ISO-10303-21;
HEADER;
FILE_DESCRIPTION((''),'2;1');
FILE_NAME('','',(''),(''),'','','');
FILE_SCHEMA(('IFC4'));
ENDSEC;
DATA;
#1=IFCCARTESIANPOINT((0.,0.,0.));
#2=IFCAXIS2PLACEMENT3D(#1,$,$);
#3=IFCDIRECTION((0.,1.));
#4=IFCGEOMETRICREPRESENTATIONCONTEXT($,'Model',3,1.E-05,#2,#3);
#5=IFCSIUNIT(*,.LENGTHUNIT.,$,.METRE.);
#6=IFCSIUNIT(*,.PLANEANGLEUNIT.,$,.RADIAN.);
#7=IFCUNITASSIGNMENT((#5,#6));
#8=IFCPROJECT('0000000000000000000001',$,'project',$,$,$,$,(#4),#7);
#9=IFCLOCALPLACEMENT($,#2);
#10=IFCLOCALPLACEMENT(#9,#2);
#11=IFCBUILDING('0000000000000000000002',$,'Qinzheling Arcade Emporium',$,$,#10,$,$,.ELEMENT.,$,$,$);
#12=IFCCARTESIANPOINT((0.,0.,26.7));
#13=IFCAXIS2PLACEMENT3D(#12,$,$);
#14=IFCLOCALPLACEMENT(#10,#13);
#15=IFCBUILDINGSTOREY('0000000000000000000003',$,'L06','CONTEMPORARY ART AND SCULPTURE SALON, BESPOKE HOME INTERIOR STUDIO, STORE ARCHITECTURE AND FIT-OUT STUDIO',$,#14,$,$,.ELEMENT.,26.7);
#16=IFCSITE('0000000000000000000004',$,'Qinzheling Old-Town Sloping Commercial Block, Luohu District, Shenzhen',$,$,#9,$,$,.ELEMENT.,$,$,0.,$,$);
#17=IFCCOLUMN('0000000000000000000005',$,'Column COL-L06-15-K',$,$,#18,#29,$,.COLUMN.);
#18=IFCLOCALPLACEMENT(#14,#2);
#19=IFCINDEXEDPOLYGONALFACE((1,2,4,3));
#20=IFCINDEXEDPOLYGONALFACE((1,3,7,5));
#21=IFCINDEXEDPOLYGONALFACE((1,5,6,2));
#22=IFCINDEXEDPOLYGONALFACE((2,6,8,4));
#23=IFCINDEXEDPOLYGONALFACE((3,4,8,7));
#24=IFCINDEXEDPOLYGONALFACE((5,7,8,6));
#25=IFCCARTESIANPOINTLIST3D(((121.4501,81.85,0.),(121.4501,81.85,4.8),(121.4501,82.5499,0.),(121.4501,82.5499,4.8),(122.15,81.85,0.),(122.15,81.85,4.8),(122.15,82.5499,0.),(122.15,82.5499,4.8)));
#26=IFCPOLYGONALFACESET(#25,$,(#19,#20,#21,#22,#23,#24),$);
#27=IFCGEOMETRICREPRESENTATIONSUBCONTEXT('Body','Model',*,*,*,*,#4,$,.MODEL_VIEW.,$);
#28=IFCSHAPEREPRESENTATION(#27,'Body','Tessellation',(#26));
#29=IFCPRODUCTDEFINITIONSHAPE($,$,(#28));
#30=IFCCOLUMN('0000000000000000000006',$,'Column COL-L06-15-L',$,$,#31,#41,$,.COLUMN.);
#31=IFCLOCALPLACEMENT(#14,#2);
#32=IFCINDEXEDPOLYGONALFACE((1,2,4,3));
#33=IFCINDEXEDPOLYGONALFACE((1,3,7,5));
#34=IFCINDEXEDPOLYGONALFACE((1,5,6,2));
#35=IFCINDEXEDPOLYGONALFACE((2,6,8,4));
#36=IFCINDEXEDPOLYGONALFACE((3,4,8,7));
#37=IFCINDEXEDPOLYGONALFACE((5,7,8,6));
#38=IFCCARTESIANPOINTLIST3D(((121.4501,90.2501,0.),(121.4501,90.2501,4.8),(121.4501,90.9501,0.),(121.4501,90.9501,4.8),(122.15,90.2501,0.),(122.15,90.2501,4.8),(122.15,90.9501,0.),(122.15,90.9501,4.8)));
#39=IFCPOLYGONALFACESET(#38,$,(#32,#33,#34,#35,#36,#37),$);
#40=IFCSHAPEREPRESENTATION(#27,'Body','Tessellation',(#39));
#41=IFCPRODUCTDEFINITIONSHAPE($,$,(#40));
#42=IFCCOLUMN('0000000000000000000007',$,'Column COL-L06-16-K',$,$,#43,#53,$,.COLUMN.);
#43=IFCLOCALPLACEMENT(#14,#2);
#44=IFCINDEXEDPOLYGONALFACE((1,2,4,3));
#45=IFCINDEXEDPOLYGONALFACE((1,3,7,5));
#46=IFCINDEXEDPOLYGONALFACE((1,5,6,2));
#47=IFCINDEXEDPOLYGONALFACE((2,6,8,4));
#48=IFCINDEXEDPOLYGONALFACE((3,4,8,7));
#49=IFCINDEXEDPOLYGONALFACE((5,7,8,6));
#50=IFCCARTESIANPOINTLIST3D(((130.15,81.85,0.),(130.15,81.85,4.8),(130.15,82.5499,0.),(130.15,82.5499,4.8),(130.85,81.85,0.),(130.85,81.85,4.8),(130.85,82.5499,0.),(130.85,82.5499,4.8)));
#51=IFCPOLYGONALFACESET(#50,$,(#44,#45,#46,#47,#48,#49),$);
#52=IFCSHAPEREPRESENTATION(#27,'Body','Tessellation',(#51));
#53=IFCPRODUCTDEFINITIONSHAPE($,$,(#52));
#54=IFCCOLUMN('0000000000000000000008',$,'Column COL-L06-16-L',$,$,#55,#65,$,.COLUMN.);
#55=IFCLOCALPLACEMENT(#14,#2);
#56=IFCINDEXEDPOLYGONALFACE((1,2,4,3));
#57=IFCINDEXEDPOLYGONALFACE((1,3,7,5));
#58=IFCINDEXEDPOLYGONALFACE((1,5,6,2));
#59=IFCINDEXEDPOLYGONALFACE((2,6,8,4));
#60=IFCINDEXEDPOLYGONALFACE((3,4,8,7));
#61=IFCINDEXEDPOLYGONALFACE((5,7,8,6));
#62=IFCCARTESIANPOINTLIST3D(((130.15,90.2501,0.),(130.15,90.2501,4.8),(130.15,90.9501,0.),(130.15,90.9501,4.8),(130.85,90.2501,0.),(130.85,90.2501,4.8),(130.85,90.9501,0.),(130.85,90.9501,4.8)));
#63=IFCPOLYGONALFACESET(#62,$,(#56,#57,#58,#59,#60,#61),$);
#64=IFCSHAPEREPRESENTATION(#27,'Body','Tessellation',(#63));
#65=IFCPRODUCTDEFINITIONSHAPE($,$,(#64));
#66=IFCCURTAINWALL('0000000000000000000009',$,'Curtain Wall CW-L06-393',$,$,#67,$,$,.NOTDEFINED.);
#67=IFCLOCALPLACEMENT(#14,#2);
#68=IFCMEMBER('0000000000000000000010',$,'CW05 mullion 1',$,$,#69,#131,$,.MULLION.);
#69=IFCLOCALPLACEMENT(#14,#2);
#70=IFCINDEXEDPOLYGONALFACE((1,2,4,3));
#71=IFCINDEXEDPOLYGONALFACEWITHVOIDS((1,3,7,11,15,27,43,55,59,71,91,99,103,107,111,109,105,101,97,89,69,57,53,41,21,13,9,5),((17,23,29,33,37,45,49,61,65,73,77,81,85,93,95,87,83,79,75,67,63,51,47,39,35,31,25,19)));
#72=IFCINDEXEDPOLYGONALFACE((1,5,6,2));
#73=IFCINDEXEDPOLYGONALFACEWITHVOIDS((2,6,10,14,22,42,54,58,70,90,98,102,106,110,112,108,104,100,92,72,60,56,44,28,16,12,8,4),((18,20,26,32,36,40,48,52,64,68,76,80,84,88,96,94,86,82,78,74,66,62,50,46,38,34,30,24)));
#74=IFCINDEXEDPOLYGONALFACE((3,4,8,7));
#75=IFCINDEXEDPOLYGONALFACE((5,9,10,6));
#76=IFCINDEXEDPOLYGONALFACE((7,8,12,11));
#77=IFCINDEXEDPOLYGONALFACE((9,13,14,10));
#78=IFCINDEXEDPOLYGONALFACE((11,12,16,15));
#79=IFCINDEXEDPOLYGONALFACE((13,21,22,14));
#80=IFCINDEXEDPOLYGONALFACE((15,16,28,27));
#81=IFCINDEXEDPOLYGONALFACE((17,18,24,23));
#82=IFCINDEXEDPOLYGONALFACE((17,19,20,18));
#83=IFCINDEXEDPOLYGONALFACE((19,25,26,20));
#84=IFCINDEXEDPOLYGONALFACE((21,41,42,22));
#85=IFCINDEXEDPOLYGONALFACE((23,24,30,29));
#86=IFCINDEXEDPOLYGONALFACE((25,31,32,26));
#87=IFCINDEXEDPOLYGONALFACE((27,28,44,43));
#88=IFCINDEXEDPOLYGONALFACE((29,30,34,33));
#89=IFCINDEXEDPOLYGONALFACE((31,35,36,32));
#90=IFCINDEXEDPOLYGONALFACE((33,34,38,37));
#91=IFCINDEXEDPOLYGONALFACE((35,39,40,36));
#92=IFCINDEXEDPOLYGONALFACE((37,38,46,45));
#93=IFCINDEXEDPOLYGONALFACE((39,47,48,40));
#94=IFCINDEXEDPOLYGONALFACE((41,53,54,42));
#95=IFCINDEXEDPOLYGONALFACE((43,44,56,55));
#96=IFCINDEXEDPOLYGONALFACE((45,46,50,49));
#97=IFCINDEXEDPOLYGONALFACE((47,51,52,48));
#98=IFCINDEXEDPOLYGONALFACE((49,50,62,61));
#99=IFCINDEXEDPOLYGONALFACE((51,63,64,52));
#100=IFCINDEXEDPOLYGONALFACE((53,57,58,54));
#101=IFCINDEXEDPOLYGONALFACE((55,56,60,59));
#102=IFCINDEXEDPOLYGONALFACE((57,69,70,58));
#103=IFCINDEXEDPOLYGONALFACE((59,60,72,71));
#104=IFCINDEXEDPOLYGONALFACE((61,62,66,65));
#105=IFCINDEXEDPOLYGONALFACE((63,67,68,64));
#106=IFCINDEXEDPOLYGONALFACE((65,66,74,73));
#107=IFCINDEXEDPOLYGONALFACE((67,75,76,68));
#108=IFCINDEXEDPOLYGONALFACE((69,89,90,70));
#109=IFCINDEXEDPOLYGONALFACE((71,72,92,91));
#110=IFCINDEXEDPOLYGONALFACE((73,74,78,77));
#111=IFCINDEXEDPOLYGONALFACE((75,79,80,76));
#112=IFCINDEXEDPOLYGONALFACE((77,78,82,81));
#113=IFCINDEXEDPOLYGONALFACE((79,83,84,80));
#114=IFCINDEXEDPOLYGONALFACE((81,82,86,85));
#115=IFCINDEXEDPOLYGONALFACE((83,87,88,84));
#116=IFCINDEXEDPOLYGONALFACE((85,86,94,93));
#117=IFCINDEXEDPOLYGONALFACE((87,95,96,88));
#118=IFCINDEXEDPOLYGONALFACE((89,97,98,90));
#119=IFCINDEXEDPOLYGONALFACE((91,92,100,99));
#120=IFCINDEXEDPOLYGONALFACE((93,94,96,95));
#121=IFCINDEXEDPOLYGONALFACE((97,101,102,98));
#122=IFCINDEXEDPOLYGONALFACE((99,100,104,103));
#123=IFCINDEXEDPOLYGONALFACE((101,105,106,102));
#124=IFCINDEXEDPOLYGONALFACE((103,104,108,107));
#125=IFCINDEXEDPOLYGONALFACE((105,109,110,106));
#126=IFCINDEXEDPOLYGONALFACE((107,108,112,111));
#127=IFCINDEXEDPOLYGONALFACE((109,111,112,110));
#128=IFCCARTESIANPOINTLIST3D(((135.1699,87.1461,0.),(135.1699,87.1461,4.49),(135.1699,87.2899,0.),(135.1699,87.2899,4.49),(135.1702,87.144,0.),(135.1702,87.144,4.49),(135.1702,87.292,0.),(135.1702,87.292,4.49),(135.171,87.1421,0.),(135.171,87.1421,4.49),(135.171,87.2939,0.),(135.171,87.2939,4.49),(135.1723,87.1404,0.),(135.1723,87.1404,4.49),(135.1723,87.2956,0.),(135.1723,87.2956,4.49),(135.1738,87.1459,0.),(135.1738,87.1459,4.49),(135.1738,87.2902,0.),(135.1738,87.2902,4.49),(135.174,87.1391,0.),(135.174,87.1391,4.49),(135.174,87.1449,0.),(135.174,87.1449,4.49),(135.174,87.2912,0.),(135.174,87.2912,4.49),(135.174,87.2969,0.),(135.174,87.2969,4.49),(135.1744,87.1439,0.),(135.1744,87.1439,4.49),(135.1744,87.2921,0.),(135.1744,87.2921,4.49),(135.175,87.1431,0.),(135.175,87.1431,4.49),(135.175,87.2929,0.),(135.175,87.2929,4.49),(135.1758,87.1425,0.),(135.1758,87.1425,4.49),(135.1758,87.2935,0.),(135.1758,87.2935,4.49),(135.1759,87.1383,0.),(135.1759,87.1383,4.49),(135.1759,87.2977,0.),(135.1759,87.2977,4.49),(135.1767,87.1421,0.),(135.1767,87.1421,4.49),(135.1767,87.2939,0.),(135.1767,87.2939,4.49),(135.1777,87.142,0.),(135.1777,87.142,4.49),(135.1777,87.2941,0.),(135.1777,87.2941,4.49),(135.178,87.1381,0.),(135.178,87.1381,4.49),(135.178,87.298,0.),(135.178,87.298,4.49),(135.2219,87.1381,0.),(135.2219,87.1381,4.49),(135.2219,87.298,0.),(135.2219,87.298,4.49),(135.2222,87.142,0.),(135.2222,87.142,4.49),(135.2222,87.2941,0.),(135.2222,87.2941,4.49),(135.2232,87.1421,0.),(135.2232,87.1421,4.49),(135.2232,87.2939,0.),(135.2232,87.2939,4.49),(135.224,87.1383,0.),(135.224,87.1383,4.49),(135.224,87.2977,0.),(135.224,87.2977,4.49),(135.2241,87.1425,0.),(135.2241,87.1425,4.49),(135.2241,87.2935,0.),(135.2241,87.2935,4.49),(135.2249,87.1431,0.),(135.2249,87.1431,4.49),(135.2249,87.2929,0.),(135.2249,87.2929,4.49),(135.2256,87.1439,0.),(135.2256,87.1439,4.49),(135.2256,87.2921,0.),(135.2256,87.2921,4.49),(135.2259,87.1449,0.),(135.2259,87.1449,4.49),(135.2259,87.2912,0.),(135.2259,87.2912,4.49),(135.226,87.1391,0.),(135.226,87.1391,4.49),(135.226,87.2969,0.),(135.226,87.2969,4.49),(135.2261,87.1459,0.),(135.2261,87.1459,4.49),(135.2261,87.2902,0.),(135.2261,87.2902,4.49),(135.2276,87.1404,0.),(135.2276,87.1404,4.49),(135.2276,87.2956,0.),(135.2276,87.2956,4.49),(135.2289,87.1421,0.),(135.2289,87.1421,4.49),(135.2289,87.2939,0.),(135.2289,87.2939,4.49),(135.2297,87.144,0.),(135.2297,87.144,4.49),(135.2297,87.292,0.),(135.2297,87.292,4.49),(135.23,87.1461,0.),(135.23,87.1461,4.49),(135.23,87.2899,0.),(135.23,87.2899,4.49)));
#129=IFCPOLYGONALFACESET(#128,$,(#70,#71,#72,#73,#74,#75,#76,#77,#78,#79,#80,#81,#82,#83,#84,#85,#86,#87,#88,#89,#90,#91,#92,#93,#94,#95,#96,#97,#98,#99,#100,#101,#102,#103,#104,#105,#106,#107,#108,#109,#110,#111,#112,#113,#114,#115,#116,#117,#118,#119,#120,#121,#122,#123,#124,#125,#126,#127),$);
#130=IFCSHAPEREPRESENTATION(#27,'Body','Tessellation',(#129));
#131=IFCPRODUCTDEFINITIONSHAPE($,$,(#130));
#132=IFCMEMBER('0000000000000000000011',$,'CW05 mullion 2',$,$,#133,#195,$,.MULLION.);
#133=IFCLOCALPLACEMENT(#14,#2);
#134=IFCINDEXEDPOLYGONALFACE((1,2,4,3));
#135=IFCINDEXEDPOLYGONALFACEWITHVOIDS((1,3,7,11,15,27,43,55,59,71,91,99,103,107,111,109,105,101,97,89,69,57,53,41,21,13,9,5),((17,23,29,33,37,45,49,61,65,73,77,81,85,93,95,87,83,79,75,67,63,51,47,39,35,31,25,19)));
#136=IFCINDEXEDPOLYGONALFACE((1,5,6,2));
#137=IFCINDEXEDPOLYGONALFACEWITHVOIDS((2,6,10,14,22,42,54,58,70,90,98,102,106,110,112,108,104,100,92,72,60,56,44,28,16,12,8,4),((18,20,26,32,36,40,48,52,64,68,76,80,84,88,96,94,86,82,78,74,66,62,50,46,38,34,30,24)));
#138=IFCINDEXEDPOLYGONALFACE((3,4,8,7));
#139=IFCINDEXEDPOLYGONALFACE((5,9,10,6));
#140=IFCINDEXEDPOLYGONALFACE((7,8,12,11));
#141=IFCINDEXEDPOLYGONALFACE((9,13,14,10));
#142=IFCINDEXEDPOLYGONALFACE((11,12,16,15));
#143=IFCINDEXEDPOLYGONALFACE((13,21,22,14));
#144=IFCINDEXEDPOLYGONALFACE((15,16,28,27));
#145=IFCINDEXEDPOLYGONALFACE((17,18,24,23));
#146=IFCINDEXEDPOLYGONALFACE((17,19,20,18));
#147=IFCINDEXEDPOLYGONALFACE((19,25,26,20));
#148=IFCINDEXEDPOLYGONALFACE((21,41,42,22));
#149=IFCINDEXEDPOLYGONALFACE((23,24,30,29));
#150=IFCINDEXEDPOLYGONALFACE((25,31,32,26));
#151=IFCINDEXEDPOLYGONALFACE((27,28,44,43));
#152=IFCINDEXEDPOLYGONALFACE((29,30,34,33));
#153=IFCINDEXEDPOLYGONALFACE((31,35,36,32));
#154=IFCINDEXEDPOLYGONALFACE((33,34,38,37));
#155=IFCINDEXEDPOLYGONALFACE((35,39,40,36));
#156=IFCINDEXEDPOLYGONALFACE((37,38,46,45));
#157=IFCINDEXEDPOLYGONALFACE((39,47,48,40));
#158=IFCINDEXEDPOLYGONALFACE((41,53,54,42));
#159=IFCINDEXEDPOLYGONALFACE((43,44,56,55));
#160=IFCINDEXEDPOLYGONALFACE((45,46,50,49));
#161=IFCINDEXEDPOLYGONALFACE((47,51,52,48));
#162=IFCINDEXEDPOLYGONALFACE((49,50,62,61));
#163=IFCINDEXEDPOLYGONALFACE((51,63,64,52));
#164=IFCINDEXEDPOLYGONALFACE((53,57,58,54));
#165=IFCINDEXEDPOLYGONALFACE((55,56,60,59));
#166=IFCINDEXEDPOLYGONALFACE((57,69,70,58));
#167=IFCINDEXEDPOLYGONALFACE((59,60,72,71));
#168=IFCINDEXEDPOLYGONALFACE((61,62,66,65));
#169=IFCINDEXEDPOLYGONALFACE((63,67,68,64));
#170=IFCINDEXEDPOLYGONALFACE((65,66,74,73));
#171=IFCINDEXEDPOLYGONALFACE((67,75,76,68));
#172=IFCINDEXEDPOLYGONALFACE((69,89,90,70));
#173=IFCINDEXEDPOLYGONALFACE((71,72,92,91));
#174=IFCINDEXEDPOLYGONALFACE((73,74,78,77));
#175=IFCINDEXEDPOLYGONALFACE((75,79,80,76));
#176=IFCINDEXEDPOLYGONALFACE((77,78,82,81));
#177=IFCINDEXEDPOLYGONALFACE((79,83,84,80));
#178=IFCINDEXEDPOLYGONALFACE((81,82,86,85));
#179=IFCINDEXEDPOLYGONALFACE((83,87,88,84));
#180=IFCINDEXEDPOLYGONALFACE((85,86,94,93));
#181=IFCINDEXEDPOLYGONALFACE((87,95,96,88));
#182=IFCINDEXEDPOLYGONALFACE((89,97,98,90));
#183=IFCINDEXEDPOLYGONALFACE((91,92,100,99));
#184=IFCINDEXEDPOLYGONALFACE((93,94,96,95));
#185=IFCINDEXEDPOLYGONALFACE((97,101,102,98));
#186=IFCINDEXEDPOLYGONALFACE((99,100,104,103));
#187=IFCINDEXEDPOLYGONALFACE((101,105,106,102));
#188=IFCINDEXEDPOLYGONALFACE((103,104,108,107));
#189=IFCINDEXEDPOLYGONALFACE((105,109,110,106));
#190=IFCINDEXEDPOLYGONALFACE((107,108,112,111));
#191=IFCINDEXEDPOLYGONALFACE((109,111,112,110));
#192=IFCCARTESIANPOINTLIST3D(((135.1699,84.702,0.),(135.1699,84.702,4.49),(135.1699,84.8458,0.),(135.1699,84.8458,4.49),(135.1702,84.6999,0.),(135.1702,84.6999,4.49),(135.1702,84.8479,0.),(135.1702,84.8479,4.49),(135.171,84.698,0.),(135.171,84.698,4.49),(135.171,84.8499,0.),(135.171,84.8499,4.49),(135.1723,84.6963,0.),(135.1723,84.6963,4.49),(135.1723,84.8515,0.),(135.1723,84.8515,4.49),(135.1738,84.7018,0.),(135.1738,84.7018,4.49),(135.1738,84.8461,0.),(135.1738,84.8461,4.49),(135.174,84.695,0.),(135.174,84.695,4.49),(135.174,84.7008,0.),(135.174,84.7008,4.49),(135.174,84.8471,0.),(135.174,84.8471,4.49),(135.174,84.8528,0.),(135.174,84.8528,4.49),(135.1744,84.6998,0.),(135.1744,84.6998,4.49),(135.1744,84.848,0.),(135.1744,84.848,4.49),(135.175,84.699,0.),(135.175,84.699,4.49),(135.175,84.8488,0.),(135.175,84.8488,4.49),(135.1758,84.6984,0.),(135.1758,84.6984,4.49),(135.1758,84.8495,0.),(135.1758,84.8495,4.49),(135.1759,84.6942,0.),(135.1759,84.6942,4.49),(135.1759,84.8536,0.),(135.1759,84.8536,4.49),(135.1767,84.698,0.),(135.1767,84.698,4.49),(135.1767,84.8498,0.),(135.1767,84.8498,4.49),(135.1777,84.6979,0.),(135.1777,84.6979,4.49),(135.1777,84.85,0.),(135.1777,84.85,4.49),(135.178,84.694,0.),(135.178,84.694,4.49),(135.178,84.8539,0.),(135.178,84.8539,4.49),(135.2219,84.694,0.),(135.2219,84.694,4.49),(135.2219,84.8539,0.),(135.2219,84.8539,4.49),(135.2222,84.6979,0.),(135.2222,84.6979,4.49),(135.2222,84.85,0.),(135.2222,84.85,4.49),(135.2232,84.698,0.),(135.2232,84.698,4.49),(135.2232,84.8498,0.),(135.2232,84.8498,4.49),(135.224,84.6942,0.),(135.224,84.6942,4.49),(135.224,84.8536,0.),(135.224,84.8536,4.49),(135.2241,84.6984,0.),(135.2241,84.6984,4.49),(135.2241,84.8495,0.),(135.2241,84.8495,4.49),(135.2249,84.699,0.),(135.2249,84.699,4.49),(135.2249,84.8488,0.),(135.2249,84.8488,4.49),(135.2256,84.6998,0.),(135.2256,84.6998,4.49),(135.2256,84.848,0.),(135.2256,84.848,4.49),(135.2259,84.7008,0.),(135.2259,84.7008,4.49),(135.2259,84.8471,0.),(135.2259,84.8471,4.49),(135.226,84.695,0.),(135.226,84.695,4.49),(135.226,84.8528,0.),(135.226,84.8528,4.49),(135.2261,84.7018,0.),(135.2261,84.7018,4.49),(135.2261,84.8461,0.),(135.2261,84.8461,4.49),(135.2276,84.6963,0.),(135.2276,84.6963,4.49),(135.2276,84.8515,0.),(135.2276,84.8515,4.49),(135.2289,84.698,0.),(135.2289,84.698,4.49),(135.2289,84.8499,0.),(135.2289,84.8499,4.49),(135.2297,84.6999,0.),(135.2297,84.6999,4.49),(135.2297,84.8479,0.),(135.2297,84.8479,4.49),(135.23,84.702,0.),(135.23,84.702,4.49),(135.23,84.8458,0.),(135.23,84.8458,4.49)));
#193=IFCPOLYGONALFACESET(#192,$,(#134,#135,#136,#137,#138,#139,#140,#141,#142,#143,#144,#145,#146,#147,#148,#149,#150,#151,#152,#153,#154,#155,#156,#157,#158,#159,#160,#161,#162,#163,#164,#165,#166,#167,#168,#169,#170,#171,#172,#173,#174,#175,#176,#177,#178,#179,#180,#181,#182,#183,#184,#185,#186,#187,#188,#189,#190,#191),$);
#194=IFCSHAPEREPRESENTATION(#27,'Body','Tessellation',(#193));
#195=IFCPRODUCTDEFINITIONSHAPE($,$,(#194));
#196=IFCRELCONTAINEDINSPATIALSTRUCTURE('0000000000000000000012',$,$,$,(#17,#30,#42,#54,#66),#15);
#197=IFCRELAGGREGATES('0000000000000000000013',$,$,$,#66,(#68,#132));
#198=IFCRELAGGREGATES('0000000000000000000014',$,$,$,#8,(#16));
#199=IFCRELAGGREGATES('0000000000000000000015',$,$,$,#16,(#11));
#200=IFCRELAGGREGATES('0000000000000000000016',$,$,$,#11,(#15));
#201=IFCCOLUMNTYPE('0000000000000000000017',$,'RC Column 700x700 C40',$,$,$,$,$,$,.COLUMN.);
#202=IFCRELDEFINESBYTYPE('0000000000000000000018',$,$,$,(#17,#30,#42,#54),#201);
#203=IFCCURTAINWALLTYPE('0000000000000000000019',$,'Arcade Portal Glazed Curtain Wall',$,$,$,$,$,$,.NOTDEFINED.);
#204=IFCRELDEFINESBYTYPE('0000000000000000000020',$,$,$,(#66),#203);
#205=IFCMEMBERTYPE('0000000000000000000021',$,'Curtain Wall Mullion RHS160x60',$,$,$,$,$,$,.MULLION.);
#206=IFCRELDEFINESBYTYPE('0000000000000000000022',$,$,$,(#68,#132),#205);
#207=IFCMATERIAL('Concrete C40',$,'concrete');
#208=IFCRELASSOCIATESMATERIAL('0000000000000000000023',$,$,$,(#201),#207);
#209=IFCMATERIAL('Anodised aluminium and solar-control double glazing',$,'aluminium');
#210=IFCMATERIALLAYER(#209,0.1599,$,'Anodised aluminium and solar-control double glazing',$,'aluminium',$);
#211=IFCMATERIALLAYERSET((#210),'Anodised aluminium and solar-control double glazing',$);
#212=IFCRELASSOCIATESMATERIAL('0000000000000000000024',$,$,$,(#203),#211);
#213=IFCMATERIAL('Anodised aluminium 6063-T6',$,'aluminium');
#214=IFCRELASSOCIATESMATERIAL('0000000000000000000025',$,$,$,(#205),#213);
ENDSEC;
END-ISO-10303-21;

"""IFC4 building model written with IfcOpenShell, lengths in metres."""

from ifc_helpers import new_model, si_unit, direction, frame, origin, origin_2d, place, context, subcontext, project, spatial, rectangle, hollow_rectangle, extrude, material, layer, layer_set, material_profile, profile_set, type_object, element, aggregate, save


model = new_model("IFC4")

# Units and contexts
model_context = context("Model", 3, precision=1e-05, world=origin(), true_north=direction((0.0, 1.0)))
body_context = subcontext(model_context, "Body", "Model", "MODEL_VIEW")
ifc_project = project(units=[si_unit("LENGTHUNIT", "METRE"), si_unit("PLANEANGLEUNIT", "RADIAN")], contexts=[model_context])

# Site, building, storey
site_placement = place(None, origin())
site = spatial("IfcSite", under=ifc_project, at=site_placement, Name="Qinzheling Old-Town Sloping Commercial Block, Luohu District, Shenzhen", CompositionType="ELEMENT", RefElevation=0.0)
building_placement = place(site_placement, origin())
building = spatial("IfcBuilding", under=site, at=building_placement, Name="Qinzheling Arcade Emporium", CompositionType="ELEMENT")
storey_placement = place(building_placement, frame((0.0, 0.0, 26.7)))
storey = spatial("IfcBuildingStorey", under=building, at=storey_placement, Name="L06", Description="CONTEMPORARY ART AND SCULPTURE SALON, BESPOKE HOME INTERIOR STUDIO, STORE ARCHITECTURE AND FIT-OUT STUDIO", CompositionType="ELEMENT", Elevation=26.7)

# Columns
ifc_material_1 = material(Name="Concrete C40", Category="concrete")
ifc_material_profile_1 = material_profile(ifc_material_1, rectangle(XDim=0.7, YDim=0.7, at=origin_2d()), Name="RC 700x700", Category="concrete")
ifc_profile_set_1 = profile_set([ifc_material_profile_1], Name="Concrete C40")
column_type = type_object("IfcColumnType", Name="RC Column 700x700 C40", PredefinedType="COLUMN", material=ifc_profile_set_1)
for number, where, z_axis, x_axis, name in (
    (1, (121.8, 82.2, 0.0), (0.0, 0.0, 1.0), (1.0, 0.0, 0.0), "Column COL-L06-15-K"),
    (2, (121.8, 90.6001, 0.0), (0.0, 0.0, 1.0), (1.0, 0.0, 0.0), "Column COL-L06-15-L"),
    (3, (130.5, 82.2, 0.0), (0.0, 0.0, 1.0), (1.0, 0.0, 0.0), "Column COL-L06-16-K"),
    (4, (130.5, 90.6001, 0.0), (0.0, 0.0, 1.0), (1.0, 0.0, 0.0), "Column COL-L06-16-L"),
):
    element("IfcColumn", number, at=place(storey_placement, frame(where, z_axis=z_axis, x_axis=x_axis)), inside=storey, type_object=column_type, Name=name, PredefinedType="COLUMN", context=body_context, shape_type="SweptSolid", body=[
        extrude(rectangle(XDim=0.7, YDim=0.7, at=origin_2d()), origin(), (0.0, 0.0, 1.0), 4.8),
    ])

# Curtain wall, members
ifc_material_2 = material(Name="Anodised aluminium and solar-control double glazing", Category="aluminium")
ifc_layer_1 = layer(ifc_material_2, 0.1599, Name="Anodised aluminium and solar-control double glazing", Category="aluminium")
ifc_layer_set_1 = layer_set([ifc_layer_1], Name="Anodised aluminium and solar-control double glazing")
curtain_wall_type = type_object("IfcCurtainWallType", Name="Arcade Portal Glazed Curtain Wall", PredefinedType="NOTDEFINED", material=ifc_layer_set_1)
curtain_wall_placement = place(storey_placement, origin())
curtain_wall = element("IfcCurtainWall", 5, at=curtain_wall_placement, inside=storey, type_object=curtain_wall_type, Name="Curtain Wall CW-L06-393", PredefinedType="NOTDEFINED")
ifc_material_3 = material(Name="Anodised aluminium 6063-T6", Category="aluminium")
ifc_material_profile_2 = material_profile(ifc_material_3, hollow_rectangle(XDim=0.0601, YDim=0.1599, WallThickness=0.0039, InnerFilletRadius=0.0039, OuterFilletRadius=0.0081, at=origin_2d()), Name="RHS 160x60x4", Category="aluminium")
ifc_profile_set_2 = profile_set([ifc_material_profile_2], Name="Anodised aluminium 6063-T6")
member_type_1 = type_object("IfcMemberType", Name="Curtain Wall Mullion RHS160x60", PredefinedType="MULLION", material=ifc_profile_set_2)
member_1_placement = place(storey_placement, frame((135.2, 87.218, 0.0), z_axis=(0.0, 0.0, 1.0), x_axis=(1.0, 0.0, 0.0)))
member_1 = element("IfcMember", 6, at=member_1_placement, type_object=member_type_1, Name="CW05 mullion 1", PredefinedType="MULLION", context=body_context, shape_type="SweptSolid", body=[
    extrude(hollow_rectangle(XDim=0.0601, YDim=0.1599, WallThickness=0.0039, InnerFilletRadius=0.0039, OuterFilletRadius=0.0081, at=origin_2d()), origin(), (0.0, 0.0, 1.0), 4.49),
])
member_2_placement = place(storey_placement, frame((135.2, 84.7739, 0.0), z_axis=(0.0, 0.0, 1.0), x_axis=(1.0, 0.0, 0.0)))
member_2 = element("IfcMember", 7, at=member_2_placement, type_object=member_type_1, Name="CW05 mullion 2", PredefinedType="MULLION", context=body_context, shape_type="SweptSolid", body=[
    extrude(hollow_rectangle(XDim=0.0601, YDim=0.1599, WallThickness=0.0039, InnerFilletRadius=0.0039, OuterFilletRadius=0.0081, at=origin_2d()), origin(), (0.0, 0.0, 1.0), 4.49),
])

aggregate(curtain_wall, [member_1, member_2])

save(model, "model.ifc")
